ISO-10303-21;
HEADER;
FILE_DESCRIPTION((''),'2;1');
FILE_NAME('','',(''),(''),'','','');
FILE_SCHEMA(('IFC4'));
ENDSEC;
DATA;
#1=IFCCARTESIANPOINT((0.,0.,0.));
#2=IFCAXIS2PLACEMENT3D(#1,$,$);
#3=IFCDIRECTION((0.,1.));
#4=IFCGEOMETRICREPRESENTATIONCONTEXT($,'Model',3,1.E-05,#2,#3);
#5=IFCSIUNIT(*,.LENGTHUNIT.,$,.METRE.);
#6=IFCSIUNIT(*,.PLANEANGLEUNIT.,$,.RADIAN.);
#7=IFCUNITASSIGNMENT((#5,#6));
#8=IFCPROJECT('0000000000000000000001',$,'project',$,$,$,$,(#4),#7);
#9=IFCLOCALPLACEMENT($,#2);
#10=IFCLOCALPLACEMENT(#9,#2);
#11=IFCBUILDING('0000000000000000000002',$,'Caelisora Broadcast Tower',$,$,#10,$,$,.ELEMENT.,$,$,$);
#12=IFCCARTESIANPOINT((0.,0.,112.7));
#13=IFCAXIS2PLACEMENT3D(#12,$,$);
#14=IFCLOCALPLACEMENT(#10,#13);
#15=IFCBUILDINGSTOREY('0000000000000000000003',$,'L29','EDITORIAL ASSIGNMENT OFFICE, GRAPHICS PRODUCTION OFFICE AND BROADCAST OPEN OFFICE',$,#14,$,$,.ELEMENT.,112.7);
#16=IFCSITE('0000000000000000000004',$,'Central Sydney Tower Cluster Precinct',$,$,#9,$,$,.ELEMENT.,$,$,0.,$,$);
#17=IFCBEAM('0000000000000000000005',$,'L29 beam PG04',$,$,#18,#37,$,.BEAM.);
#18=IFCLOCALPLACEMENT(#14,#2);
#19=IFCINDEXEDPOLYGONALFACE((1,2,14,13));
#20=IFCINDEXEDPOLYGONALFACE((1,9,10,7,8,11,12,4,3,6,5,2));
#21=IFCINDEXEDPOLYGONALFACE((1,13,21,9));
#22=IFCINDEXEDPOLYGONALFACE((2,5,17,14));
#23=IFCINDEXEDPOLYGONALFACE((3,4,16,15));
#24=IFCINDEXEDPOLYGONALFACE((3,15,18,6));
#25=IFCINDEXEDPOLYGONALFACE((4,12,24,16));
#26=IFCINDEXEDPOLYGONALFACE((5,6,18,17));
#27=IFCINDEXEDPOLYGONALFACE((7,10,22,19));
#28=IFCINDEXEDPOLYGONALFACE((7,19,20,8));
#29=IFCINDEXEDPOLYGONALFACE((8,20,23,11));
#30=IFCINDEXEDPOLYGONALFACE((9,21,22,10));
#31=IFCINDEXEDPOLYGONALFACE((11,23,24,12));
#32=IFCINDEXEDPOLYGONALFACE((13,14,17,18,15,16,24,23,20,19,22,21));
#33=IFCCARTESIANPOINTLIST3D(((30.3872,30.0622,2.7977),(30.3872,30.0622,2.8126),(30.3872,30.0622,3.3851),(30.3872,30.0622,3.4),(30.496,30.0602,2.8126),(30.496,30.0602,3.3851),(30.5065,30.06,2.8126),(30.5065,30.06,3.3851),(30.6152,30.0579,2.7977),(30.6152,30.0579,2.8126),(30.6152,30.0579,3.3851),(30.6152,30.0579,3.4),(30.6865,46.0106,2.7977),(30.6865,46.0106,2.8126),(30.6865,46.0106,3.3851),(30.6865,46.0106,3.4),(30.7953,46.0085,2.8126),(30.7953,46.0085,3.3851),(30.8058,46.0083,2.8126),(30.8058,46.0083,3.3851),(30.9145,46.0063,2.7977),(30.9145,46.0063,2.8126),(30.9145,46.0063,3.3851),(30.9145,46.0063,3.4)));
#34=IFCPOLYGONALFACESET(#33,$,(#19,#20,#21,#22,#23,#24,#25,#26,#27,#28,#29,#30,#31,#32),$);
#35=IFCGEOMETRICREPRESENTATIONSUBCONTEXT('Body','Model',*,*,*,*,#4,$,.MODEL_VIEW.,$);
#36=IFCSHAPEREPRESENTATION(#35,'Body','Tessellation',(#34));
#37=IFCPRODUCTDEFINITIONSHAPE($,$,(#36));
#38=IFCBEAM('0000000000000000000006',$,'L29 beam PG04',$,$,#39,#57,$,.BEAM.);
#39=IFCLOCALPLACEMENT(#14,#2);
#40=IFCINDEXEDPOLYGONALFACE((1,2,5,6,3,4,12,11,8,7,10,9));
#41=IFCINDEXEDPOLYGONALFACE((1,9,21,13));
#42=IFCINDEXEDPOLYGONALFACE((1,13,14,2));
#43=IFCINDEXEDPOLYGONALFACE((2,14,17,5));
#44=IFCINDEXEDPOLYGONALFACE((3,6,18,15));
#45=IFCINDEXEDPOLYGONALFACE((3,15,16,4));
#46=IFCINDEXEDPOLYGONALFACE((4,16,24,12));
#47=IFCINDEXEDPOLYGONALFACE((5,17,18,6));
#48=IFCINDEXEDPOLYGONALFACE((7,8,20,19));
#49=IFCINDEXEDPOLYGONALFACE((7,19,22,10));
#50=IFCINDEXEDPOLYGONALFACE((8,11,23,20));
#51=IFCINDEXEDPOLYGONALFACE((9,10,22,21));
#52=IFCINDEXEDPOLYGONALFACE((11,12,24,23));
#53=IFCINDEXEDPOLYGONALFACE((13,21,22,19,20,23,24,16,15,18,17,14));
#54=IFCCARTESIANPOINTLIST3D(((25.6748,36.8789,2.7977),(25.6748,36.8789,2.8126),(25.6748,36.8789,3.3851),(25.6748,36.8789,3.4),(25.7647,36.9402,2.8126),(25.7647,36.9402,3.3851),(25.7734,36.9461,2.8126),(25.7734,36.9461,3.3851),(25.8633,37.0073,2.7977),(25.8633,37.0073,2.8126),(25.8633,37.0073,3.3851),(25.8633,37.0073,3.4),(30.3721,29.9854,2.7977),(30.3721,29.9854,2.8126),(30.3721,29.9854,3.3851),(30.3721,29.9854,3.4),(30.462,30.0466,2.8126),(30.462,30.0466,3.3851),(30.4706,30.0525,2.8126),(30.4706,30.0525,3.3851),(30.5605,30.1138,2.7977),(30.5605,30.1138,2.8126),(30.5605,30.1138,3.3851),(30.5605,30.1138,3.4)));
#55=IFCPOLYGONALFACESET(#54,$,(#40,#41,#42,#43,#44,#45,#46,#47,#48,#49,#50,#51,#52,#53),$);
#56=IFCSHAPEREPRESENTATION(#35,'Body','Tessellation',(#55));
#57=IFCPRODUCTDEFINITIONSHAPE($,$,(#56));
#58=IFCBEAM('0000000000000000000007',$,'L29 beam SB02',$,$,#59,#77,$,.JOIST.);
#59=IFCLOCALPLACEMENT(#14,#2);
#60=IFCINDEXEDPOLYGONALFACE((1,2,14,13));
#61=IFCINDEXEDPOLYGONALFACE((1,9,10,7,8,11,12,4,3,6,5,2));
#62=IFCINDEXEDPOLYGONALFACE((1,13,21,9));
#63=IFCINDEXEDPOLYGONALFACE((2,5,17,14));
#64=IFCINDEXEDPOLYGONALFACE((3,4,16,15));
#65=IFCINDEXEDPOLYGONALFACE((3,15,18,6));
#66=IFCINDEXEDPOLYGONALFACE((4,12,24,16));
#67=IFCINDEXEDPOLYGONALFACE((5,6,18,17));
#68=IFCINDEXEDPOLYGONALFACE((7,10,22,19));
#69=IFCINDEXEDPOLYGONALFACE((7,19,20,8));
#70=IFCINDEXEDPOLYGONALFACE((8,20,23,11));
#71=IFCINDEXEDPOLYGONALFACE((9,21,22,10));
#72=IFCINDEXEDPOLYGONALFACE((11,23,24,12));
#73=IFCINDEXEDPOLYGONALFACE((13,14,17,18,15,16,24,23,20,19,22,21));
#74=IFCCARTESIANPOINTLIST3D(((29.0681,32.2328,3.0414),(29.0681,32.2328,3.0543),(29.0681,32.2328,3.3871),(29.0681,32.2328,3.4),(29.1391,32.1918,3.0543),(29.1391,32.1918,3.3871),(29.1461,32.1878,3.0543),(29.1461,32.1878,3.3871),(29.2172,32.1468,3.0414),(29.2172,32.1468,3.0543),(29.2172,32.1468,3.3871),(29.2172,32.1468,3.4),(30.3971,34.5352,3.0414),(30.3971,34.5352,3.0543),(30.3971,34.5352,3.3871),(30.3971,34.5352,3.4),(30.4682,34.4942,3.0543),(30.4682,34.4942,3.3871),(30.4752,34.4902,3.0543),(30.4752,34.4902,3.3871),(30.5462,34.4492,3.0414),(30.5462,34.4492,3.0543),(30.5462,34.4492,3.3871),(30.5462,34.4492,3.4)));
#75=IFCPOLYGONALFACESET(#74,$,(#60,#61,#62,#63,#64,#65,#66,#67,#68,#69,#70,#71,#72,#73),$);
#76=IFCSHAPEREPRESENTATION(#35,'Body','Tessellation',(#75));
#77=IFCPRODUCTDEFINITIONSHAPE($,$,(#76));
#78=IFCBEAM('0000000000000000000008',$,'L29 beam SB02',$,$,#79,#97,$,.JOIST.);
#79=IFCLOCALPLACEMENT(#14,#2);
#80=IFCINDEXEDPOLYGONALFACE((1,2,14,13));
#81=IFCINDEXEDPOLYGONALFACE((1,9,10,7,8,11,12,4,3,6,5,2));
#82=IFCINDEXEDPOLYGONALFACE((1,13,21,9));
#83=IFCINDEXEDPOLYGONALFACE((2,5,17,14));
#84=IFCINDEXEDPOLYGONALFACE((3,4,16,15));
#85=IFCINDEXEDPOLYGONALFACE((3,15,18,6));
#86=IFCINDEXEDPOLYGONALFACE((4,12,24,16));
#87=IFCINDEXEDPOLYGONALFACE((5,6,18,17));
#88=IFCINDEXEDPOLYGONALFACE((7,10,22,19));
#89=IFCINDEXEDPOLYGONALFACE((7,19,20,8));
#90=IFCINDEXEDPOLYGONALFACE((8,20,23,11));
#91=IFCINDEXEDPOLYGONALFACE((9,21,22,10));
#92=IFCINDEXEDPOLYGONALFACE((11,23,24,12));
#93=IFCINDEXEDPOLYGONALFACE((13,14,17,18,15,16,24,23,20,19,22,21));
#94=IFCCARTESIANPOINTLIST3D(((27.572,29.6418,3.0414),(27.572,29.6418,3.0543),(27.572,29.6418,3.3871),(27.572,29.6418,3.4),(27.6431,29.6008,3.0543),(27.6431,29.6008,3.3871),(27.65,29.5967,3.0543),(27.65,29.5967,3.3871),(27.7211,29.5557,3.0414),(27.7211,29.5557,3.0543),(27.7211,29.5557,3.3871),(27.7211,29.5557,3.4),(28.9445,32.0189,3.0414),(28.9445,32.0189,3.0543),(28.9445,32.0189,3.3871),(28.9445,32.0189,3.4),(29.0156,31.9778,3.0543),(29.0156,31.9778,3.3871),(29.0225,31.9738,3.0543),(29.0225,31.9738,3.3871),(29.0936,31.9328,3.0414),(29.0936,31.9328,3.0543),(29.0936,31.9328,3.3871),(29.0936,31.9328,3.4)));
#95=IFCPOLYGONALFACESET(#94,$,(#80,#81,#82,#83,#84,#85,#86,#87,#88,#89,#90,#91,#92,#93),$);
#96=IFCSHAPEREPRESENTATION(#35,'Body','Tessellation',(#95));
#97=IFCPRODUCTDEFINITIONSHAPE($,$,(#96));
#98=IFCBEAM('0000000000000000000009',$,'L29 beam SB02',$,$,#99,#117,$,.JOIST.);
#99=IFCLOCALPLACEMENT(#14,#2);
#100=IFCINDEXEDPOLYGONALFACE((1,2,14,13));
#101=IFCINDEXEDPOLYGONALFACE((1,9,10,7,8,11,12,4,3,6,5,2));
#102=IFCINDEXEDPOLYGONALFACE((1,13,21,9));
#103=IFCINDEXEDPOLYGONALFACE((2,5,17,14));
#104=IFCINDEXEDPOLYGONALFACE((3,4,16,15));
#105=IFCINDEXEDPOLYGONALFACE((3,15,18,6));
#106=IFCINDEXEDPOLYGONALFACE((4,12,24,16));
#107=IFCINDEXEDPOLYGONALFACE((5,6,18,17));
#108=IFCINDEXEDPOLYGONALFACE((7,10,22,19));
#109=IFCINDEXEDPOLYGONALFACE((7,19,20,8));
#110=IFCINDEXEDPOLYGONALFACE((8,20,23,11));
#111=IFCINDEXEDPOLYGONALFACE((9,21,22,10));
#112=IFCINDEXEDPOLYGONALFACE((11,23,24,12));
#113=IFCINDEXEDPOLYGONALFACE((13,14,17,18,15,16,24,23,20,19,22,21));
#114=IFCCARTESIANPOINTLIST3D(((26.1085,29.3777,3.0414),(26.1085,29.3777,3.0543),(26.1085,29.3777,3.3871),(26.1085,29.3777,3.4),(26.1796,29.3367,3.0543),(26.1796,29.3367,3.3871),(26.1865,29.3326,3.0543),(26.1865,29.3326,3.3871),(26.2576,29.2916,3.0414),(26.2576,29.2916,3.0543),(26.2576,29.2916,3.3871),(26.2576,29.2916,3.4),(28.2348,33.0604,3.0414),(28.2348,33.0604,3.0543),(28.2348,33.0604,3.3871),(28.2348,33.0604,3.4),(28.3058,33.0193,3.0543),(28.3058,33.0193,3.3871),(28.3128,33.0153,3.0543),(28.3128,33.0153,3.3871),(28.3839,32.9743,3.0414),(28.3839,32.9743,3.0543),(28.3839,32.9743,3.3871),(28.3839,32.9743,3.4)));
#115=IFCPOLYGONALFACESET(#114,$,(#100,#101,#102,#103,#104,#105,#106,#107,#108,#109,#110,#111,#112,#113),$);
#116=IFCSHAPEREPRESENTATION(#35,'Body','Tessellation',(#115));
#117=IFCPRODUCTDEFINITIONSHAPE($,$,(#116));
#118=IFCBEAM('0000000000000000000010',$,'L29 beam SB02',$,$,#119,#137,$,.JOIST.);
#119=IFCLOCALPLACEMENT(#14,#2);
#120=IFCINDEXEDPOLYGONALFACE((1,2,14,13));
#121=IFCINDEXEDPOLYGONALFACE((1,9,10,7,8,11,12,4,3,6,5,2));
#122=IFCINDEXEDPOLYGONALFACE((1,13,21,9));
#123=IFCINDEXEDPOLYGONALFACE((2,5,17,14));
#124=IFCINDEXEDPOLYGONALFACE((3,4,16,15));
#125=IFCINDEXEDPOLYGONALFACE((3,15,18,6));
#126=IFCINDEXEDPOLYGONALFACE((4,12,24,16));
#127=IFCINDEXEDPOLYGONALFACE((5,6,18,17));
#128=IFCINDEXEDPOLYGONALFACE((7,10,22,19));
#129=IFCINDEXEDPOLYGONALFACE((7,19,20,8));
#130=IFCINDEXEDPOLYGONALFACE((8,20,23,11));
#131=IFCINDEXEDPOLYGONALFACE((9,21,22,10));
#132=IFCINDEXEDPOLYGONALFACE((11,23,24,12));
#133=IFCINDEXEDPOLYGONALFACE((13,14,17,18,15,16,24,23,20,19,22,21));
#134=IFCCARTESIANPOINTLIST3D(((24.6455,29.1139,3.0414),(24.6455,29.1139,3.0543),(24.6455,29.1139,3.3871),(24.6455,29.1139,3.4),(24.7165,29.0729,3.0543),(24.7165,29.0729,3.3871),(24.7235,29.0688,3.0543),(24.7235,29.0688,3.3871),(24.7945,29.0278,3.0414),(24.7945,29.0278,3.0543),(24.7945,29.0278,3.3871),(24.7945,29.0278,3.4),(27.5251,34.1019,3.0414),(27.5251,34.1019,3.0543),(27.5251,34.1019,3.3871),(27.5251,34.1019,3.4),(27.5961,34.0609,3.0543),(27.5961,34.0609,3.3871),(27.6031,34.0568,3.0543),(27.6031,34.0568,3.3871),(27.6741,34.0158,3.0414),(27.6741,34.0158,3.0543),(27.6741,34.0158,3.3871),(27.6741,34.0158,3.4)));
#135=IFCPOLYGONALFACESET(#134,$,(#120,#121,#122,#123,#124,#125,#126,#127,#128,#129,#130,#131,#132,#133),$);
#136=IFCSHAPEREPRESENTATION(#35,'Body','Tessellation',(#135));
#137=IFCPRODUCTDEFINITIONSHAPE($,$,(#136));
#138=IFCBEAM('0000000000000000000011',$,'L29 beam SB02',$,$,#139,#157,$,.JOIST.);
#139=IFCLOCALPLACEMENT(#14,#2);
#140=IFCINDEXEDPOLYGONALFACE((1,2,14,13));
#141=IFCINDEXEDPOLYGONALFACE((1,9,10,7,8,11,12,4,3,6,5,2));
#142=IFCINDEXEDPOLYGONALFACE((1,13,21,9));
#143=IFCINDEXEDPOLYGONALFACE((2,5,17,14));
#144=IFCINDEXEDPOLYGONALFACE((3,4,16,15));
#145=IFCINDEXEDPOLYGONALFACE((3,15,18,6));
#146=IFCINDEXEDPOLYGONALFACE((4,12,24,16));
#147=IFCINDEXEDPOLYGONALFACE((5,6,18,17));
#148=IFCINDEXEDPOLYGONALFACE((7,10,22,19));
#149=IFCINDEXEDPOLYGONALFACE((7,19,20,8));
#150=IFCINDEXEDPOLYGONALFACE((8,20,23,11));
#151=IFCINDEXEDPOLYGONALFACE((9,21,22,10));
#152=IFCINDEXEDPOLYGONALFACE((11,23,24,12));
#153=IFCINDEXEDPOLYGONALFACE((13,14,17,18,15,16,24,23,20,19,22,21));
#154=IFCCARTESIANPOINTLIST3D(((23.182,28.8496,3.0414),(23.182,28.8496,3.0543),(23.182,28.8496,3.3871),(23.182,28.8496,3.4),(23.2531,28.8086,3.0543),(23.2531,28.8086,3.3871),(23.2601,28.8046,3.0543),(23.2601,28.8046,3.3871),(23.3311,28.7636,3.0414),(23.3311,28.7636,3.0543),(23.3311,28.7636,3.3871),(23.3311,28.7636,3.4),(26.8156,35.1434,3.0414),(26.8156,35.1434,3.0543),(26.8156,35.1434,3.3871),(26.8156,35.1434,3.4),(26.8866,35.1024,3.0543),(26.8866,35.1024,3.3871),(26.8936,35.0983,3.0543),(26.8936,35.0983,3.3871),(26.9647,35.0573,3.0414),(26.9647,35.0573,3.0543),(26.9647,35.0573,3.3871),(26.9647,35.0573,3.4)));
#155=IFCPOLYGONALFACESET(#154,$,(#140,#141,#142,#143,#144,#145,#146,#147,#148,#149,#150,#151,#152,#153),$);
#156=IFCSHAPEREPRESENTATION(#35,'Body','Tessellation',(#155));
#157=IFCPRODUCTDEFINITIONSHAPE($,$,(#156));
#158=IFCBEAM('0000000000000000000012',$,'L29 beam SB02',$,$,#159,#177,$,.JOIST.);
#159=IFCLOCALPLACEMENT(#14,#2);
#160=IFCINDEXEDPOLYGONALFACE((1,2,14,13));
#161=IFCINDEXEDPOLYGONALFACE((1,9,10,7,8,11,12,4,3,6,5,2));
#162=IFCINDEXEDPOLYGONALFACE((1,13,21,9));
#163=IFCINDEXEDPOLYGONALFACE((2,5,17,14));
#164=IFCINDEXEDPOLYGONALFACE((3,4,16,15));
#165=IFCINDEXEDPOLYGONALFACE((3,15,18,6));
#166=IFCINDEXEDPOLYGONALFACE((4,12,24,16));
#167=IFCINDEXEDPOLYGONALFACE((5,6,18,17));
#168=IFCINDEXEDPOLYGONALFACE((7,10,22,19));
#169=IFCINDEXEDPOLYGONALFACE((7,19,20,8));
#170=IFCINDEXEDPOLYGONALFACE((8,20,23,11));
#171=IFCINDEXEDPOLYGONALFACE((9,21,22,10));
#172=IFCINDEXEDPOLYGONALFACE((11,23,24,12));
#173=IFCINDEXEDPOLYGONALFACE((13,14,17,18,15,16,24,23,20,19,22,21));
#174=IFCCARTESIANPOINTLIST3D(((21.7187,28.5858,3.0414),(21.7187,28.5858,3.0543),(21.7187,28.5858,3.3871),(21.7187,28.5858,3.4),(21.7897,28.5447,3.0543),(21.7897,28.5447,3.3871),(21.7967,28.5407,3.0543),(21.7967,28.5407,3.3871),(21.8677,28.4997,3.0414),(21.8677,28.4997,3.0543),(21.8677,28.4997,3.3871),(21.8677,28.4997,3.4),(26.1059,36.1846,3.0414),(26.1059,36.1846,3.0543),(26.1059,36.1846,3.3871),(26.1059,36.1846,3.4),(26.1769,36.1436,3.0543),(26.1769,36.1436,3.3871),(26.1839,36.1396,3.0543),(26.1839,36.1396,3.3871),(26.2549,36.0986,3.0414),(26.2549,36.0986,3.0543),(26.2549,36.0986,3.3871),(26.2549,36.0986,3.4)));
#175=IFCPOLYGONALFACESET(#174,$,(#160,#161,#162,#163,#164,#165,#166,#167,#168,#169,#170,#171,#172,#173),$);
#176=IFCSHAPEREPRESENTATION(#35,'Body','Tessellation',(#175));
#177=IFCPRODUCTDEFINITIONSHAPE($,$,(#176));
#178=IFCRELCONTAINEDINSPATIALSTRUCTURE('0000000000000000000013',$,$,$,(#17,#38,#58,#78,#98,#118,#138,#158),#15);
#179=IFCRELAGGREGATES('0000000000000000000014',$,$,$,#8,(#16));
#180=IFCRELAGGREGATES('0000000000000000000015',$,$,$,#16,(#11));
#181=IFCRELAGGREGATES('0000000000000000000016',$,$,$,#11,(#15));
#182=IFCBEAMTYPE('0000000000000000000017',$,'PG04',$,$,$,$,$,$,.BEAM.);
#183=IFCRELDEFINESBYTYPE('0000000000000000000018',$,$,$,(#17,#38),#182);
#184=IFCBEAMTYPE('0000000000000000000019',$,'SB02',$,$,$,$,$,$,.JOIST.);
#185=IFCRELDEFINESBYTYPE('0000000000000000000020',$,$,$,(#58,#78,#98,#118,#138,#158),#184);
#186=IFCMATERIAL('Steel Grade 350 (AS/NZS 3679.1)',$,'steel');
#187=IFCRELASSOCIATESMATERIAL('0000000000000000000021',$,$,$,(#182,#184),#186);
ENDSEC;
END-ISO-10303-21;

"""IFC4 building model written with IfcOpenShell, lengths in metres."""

from ifc_helpers import new_model, si_unit, direction, frame, origin, origin_2d, place, context, subcontext, project, spatial, i_section, extrude, source, transform, mapped, material, material_profile, profile_set, type_object, type_shapes, element, save


model = new_model("IFC4")

# Units and contexts
model_context = context("Model", 3, precision=1e-05, world=origin(), true_north=direction((0.0, 1.0)))
body_context = subcontext(model_context, "Body", "Model", "MODEL_VIEW")
ifc_project = project(units=[si_unit("LENGTHUNIT", "METRE"), si_unit("PLANEANGLEUNIT", "RADIAN")], contexts=[model_context])

# Site, building, storey
site_placement = place(None, origin())
site = spatial("IfcSite", under=ifc_project, at=site_placement, Name="Central Sydney Tower Cluster Precinct", CompositionType="ELEMENT", RefElevation=0.0)
building_placement = place(site_placement, origin())
building = spatial("IfcBuilding", under=site, at=building_placement, Name="Caelisora Broadcast Tower", CompositionType="ELEMENT")
storey_placement = place(building_placement, frame((0.0, 0.0, 112.7)))
storey = spatial("IfcBuildingStorey", under=building, at=storey_placement, Name="L29", Description="EDITORIAL ASSIGNMENT OFFICE, GRAPHICS PRODUCTION OFFICE AND BROADCAST OPEN OFFICE", CompositionType="ELEMENT", Elevation=112.7)

# Beams
ifc_material_1 = material(Name="Steel Grade 350 (AS/NZS 3679.1)", Category="steel")
ifc_material_profile_1 = material_profile(ifc_material_1, i_section(OverallWidth=0.228, OverallDepth=0.6023, WebThickness=0.0105, FlangeThickness=0.0149, at=origin_2d()), Name="Steel Grade 350 (AS/NZS 3679.1)")
ifc_profile_set_1 = profile_set([ifc_material_profile_1], Name="Steel Grade 350 (AS/NZS 3679.1)")
beam_type_1 = type_object("IfcBeamType", Name="PG04", PredefinedType="BEAM", material=ifc_profile_set_1)
shared_shape_1 = source(origin(), body_context, "Body", "SweptSolid", [
    extrude(i_section(OverallWidth=0.228, OverallDepth=0.6023, WebThickness=0.0105, FlangeThickness=0.0149, at=origin_2d()), origin(), (0.0, 0.0, 1.0), 15.9512),
])
beam_1_placement = place(storey_placement, frame((30.5012, 30.0601, 3.0989), z_axis=(0.018765, 0.999824, 0.0), x_axis=(-0.999824, 0.018765, 0.0)))
element("IfcBeam", 1, at=beam_1_placement, inside=storey, type_object=beam_type_1, Name="L29 beam PG04", PredefinedType="BEAM", context=body_context, shape_type="MappedRepresentation", body=[
    mapped(shared_shape_1, transform((0.0, 0.0, 0.0), scale=1.0)),
])
shared_shape_2 = source(origin(), body_context, "Body", "SweptSolid", [
    extrude(i_section(OverallWidth=0.228, OverallDepth=0.6023, WebThickness=0.0105, FlangeThickness=0.0149, at=origin_2d()), origin(), (0.0, 0.0, 1.0), 8.3418),
])
type_shapes(beam_type_1, [shared_shape_1, shared_shape_2])
beam_2_placement = place(storey_placement, frame((30.4663, 30.0496, 3.0989), z_axis=(-0.563101, 0.826388, 0.0), x_axis=(-0.826388, -0.563101, 0.0)))
element("IfcBeam", 2, at=beam_2_placement, inside=storey, type_object=beam_type_1, Name="L29 beam PG04", PredefinedType="BEAM", context=body_context, shape_type="MappedRepresentation", body=[
    mapped(shared_shape_2, transform((0.0, 0.0, 0.0), scale=1.0)),
])
ifc_material_profile_2 = material_profile(ifc_material_1, i_section(OverallWidth=0.1721, OverallDepth=0.3586, WebThickness=0.0081, FlangeThickness=0.0129, at=origin_2d()), Name="Steel Grade 350 (AS/NZS 3679.1)")
ifc_profile_set_2 = profile_set([ifc_material_profile_2], Name="Steel Grade 350 (AS/NZS 3679.1)")
beam_type_2 = type_object("IfcBeamType", Name="SB02", PredefinedType="JOIST", material=ifc_profile_set_2)
shared_shape_3 = source(origin(), body_context, "Body", "SweptSolid", [
    extrude(i_section(OverallWidth=0.1721, OverallDepth=0.3586, WebThickness=0.0081, FlangeThickness=0.0129, at=origin_2d()), origin(), (0.0, 0.0, 1.0), 2.6584),
])
beam_3_placement = place(storey_placement, frame((30.4717, 34.4922, 3.2207), z_axis=(-0.499932, -0.866065, 0.0), x_axis=(0.866065, -0.499932, 0.0)))
element("IfcBeam", 3, at=beam_3_placement, inside=storey, type_object=beam_type_2, Name="L29 beam SB02", PredefinedType="JOIST", context=body_context, shape_type="MappedRepresentation", body=[
    mapped(shared_shape_3, transform((0.0, 0.0, 0.0), scale=1.0)),
])
shared_shape_4 = source(origin(), body_context, "Body", "SweptSolid", [
    extrude(i_section(OverallWidth=0.1721, OverallDepth=0.3586, WebThickness=0.0081, FlangeThickness=0.0129, at=origin_2d()), origin(), (0.0, 0.0, 1.0), 2.7449),
])
beam_4_placement = place(storey_placement, frame((29.019, 31.9758, 3.2207), z_axis=(-0.500023, -0.866012, 0.0), x_axis=(0.866012, -0.500023, 0.0)))
element("IfcBeam", 4, at=beam_4_placement, inside=storey, type_object=beam_type_2, Name="L29 beam SB02", PredefinedType="JOIST", context=body_context, shape_type="MappedRepresentation", body=[
    mapped(shared_shape_4, transform((0.0, 0.0, 0.0), scale=1.0)),
])
shared_shape_5 = source(origin(), body_context, "Body", "SweptSolid", [
    extrude(i_section(OverallWidth=0.1721, OverallDepth=0.3586, WebThickness=0.0081, FlangeThickness=0.0129, at=origin_2d()), origin(), (0.0, 0.0, 1.0), 4.2524),
])
beam_5_placement = place(storey_placement, frame((28.3093, 33.0173, 3.2207), z_axis=(-0.500011, -0.866019, 0.0), x_axis=(0.866019, -0.500011, 0.0)))
element("IfcBeam", 5, at=beam_5_placement, inside=storey, type_object=beam_type_2, Name="L29 beam SB02", PredefinedType="JOIST", context=body_context, shape_type="MappedRepresentation", body=[
    mapped(shared_shape_5, transform((0.0, 0.0, 0.0), scale=1.0)),
])
shared_shape_6 = source(origin(), body_context, "Body", "SweptSolid", [
    extrude(i_section(OverallWidth=0.1721, OverallDepth=0.3586, WebThickness=0.0081, FlangeThickness=0.0129, at=origin_2d()), origin(), (0.0, 0.0, 1.0), 5.7595),
])
beam_6_placement = place(storey_placement, frame((27.5996, 34.0588, 3.2207), z_axis=(-0.499973, -0.866041, 0.0), x_axis=(0.866041, -0.499973, 0.0)))
element("IfcBeam", 6, at=beam_6_placement, inside=storey, type_object=beam_type_2, Name="L29 beam SB02", PredefinedType="JOIST", context=body_context, shape_type="MappedRepresentation", body=[
    mapped(shared_shape_6, transform((0.0, 0.0, 0.0), scale=1.0)),
])
shared_shape_7 = source(origin(), body_context, "Body", "SweptSolid", [
    extrude(i_section(OverallWidth=0.1721, OverallDepth=0.3586, WebThickness=0.0081, FlangeThickness=0.0129, at=origin_2d()), origin(), (0.0, 0.0, 1.0), 7.2673),
])
beam_7_placement = place(storey_placement, frame((26.8901, 35.1003, 3.2207), z_axis=(-0.499987, -0.866033, 0.0), x_axis=(0.866033, -0.499987, 0.0)))
element("IfcBeam", 7, at=beam_7_placement, inside=storey, type_object=beam_type_2, Name="L29 beam SB02", PredefinedType="JOIST", context=body_context, shape_type="MappedRepresentation", body=[
    mapped(shared_shape_7, transform((0.0, 0.0, 0.0), scale=1.0)),
])
shared_shape_8 = source(origin(), body_context, "Body", "SweptSolid", [
    extrude(i_section(OverallWidth=0.1721, OverallDepth=0.3586, WebThickness=0.0081, FlangeThickness=0.0129, at=origin_2d()), origin(), (0.0, 0.0, 1.0), 8.7744),
])
type_shapes(beam_type_2, [shared_shape_3, shared_shape_4, shared_shape_5, shared_shape_6, shared_shape_7, shared_shape_8])
beam_8_placement = place(storey_placement, frame((26.1804, 36.1416, 3.2207), z_axis=(-0.499999, -0.866026, 0.0), x_axis=(0.866026, -0.499999, 0.0)))
element("IfcBeam", 8, at=beam_8_placement, inside=storey, type_object=beam_type_2, Name="L29 beam SB02", PredefinedType="JOIST", context=body_context, shape_type="MappedRepresentation", body=[
    mapped(shared_shape_8, transform((0.0, 0.0, 0.0), scale=1.0)),
])

save(model, "model.ifc")
